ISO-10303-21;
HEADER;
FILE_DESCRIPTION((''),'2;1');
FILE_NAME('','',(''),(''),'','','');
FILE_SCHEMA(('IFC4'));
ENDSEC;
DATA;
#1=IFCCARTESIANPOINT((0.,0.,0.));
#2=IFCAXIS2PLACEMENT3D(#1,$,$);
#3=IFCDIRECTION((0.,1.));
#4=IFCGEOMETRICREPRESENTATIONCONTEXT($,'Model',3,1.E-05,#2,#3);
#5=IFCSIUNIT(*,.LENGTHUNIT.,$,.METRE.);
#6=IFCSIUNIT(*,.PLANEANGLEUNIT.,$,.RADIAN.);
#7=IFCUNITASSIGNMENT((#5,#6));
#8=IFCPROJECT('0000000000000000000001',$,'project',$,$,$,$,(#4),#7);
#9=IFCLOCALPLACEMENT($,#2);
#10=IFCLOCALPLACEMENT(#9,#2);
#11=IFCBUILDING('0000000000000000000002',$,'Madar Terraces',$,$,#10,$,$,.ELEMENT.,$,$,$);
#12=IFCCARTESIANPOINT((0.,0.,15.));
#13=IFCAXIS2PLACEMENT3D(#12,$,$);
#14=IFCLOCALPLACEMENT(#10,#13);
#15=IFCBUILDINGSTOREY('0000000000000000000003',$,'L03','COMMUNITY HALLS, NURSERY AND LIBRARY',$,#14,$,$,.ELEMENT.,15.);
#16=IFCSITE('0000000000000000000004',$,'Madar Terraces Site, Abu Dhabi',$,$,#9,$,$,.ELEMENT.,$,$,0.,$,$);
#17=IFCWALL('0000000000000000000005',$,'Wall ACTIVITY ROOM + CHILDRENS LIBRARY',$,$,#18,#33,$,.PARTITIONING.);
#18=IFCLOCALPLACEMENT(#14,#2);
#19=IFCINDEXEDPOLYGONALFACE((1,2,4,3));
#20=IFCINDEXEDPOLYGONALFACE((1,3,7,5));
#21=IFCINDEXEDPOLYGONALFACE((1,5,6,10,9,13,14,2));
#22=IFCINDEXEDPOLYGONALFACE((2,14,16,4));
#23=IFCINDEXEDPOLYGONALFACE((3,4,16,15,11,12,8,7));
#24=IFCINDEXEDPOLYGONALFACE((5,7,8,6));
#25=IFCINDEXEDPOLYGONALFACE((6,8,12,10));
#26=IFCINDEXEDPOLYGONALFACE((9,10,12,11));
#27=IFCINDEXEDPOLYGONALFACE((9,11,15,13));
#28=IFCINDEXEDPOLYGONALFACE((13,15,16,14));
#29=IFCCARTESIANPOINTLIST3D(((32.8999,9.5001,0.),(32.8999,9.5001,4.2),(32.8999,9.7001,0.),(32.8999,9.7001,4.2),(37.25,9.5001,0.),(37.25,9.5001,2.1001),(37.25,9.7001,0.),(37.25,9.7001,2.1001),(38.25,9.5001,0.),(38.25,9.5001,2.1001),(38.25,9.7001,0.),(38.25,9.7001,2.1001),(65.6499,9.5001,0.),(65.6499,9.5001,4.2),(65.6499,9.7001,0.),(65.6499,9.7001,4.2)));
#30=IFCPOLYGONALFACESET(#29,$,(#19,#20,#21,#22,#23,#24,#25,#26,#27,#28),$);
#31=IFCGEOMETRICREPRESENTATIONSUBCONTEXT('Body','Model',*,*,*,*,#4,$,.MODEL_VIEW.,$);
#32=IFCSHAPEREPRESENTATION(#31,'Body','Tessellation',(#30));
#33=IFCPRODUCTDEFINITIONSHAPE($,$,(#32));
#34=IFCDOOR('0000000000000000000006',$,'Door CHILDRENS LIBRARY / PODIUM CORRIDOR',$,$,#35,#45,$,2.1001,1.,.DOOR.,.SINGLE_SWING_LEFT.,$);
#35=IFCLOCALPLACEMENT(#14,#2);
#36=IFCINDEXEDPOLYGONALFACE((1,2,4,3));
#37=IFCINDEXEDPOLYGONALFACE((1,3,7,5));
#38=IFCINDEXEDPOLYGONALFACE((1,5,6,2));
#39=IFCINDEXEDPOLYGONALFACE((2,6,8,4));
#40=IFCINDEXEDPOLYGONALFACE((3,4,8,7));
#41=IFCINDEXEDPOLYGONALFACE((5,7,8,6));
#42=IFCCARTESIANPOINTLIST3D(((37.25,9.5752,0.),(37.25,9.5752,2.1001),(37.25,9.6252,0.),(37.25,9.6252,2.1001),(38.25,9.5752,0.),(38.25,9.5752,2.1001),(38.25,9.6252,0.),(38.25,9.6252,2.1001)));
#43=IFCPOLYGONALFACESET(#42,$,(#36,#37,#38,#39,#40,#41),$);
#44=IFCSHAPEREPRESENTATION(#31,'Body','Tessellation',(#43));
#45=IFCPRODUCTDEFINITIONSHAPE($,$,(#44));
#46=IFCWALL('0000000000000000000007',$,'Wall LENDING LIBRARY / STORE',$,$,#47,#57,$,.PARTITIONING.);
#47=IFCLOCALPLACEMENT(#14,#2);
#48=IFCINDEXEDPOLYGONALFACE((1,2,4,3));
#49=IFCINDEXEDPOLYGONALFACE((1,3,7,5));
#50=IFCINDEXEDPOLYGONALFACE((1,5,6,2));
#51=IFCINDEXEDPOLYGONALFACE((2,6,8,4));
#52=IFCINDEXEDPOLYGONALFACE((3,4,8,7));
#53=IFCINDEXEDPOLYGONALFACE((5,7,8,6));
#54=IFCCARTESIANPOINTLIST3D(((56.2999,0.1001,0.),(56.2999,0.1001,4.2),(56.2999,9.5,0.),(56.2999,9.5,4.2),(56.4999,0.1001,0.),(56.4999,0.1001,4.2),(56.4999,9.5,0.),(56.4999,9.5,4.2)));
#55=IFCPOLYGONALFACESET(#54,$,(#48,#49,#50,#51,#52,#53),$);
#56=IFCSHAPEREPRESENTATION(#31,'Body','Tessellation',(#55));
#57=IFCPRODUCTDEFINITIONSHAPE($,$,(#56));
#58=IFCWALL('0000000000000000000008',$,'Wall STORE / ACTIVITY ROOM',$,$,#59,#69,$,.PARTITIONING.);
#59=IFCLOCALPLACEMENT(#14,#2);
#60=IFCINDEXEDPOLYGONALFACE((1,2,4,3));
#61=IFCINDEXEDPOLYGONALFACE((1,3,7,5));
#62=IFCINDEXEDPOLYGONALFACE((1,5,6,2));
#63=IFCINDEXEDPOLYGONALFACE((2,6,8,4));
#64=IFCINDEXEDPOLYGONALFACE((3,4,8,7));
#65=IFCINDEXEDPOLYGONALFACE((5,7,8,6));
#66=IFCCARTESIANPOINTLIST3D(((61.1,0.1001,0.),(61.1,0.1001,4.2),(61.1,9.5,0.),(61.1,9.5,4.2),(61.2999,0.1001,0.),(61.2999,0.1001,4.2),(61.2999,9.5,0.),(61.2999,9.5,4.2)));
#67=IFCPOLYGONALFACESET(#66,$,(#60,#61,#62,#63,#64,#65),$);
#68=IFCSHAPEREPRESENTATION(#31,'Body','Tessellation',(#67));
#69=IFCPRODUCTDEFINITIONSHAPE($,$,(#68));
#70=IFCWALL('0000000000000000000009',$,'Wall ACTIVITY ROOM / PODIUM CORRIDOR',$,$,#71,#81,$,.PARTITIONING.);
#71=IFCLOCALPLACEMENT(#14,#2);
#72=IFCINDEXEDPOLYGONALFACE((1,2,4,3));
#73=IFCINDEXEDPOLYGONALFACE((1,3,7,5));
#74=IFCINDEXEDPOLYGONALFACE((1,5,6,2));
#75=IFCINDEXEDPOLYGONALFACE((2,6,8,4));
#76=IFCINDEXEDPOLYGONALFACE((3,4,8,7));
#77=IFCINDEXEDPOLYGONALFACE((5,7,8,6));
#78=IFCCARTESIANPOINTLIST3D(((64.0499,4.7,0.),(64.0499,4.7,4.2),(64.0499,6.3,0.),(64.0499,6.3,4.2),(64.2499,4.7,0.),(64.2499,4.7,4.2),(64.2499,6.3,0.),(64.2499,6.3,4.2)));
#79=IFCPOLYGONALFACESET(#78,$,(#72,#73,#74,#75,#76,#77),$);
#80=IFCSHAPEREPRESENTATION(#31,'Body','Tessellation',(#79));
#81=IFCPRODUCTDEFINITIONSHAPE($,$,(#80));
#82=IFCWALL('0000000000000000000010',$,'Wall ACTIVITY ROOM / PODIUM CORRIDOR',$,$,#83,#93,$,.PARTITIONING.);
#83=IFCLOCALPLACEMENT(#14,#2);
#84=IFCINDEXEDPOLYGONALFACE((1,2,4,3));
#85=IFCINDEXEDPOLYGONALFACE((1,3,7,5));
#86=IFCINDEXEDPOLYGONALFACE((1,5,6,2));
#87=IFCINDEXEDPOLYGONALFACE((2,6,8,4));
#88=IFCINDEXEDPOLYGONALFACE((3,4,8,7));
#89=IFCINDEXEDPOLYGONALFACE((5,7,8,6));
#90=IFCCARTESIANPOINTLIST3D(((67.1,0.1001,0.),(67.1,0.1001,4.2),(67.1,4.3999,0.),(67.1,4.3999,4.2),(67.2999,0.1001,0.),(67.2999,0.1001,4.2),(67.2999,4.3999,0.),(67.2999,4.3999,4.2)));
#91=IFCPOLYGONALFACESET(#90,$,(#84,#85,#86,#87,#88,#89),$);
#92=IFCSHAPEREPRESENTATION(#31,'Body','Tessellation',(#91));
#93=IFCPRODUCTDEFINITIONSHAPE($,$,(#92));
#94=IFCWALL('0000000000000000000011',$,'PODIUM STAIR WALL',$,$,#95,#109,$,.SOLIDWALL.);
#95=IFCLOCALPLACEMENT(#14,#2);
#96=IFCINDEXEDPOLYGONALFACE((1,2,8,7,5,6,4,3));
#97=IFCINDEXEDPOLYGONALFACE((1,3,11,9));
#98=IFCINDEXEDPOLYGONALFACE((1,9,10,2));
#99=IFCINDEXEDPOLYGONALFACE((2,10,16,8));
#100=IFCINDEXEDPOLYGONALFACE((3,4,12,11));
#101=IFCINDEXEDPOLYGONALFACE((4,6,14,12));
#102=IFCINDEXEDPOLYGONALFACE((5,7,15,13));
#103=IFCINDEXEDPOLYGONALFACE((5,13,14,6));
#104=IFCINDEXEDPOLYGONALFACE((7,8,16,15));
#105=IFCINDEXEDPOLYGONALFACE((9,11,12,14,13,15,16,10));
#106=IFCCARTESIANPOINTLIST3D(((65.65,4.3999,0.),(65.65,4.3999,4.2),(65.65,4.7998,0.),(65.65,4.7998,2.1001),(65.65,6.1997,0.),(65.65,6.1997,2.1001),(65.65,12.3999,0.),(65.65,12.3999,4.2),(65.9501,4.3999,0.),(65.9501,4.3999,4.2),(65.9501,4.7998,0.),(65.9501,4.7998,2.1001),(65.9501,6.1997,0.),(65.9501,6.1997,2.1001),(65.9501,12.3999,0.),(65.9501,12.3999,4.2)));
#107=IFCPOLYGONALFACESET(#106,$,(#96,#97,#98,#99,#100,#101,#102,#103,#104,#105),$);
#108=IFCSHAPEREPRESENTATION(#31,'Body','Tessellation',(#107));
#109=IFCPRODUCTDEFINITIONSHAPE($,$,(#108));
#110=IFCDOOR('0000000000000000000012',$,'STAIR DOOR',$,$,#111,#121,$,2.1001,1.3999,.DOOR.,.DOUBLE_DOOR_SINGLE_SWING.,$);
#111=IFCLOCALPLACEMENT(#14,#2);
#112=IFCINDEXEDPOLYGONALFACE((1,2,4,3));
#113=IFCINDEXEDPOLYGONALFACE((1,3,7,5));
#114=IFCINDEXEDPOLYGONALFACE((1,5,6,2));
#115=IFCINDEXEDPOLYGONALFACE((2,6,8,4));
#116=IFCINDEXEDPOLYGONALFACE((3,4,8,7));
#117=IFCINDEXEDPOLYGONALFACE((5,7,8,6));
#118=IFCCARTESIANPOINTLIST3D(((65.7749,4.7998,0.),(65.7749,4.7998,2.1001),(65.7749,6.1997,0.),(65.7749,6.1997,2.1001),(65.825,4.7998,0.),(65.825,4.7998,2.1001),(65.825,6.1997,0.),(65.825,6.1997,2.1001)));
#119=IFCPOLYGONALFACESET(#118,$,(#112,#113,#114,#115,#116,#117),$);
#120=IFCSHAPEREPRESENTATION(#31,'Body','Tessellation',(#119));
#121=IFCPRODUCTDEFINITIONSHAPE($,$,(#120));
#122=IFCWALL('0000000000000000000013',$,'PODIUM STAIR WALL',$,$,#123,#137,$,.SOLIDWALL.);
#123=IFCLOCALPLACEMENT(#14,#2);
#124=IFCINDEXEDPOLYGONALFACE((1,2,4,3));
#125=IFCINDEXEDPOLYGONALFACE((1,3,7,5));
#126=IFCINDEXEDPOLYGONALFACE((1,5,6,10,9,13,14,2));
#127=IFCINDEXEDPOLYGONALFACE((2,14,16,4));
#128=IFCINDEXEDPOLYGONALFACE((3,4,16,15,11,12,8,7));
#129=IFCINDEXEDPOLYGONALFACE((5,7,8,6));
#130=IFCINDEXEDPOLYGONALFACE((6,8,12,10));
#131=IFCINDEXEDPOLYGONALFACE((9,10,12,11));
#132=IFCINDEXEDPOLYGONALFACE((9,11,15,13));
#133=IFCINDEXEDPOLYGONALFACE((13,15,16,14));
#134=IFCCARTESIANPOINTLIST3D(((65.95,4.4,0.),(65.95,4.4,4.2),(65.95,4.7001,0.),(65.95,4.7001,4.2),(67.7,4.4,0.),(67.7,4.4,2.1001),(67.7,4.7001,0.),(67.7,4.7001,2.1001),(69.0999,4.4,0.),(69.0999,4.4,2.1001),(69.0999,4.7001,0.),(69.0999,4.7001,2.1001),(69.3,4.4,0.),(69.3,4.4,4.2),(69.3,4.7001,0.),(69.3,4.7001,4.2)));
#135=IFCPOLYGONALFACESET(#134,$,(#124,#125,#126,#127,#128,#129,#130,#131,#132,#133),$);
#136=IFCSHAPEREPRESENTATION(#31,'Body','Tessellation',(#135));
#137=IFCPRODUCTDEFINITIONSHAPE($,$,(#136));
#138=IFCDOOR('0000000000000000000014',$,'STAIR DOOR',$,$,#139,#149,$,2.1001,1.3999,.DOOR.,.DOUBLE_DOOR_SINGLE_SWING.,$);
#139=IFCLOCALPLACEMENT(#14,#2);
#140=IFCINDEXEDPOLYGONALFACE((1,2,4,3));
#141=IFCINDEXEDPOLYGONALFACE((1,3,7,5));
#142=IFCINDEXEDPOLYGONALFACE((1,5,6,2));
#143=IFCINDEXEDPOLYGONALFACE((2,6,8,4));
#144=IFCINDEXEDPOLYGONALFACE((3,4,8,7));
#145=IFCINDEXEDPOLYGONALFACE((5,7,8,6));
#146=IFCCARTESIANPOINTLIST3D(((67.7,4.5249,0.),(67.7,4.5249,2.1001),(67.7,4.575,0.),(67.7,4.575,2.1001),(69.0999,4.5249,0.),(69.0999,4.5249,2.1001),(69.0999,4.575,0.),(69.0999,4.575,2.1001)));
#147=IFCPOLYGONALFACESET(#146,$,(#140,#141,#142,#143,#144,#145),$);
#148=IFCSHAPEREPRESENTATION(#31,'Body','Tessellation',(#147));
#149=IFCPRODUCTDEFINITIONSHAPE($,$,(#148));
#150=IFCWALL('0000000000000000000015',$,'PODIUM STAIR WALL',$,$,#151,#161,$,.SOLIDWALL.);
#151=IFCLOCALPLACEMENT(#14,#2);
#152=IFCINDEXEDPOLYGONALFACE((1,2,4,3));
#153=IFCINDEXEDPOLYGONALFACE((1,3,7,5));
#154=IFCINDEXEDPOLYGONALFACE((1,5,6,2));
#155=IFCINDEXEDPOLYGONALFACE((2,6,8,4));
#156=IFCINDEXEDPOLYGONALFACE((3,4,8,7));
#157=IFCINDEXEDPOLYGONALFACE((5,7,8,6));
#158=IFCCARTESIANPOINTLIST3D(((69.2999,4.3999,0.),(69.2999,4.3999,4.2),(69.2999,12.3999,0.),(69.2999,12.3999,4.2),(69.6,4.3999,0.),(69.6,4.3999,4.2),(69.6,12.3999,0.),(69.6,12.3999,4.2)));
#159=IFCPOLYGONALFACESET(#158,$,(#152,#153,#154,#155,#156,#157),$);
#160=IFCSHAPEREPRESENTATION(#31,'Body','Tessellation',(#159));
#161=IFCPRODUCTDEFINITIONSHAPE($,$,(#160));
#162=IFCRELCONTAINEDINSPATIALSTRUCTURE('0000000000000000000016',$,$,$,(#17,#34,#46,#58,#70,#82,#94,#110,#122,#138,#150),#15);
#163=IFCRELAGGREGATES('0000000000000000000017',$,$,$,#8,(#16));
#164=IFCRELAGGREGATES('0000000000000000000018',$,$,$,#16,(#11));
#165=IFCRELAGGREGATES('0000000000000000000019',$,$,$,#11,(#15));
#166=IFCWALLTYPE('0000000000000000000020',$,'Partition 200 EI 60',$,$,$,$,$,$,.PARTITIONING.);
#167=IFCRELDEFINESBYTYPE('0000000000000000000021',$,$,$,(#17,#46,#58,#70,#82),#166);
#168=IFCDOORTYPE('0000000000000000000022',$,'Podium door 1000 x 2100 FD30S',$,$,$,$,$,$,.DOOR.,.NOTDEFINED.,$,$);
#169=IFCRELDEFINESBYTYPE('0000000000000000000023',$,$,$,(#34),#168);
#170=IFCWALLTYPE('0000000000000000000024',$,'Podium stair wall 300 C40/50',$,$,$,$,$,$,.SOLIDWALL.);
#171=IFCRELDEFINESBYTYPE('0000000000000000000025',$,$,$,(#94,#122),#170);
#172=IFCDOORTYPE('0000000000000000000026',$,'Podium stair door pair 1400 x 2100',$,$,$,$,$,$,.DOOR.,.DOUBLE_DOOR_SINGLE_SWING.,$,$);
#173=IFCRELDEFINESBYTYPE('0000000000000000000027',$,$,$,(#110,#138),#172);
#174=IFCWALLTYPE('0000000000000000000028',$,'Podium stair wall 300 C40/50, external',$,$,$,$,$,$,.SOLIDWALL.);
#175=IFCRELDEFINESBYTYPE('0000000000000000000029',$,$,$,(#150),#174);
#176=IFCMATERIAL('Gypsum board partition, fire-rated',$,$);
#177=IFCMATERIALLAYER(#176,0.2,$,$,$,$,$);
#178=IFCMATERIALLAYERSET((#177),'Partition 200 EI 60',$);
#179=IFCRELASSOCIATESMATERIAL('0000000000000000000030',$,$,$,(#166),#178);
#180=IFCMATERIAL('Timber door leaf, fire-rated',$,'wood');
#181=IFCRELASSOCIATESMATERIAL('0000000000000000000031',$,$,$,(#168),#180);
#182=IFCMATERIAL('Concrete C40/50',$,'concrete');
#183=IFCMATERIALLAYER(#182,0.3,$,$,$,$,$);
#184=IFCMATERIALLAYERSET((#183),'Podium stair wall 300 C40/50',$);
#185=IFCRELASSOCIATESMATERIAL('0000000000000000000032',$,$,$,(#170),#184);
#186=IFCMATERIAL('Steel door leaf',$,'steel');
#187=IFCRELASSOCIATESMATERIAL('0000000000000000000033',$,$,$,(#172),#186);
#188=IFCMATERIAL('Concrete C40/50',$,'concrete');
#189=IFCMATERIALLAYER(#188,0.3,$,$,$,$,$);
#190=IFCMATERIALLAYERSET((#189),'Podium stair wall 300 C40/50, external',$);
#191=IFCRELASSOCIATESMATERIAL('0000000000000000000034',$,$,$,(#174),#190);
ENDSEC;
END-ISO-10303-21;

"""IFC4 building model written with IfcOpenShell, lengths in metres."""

from ifc_helpers import new_model, si_unit, direction, frame, frame_2d, origin, place, context, subcontext, project, spatial, rectangle, extrude, material, layer, layer_set, type_object, element, fill, save


model = new_model("IFC4")

# Units and contexts
model_context = context("Model", 3, precision=1e-05, world=origin(), true_north=direction((0.0, 1.0)))
body_context = subcontext(model_context, "Body", "Model", "MODEL_VIEW")
ifc_project = project(units=[si_unit("LENGTHUNIT", "METRE"), si_unit("PLANEANGLEUNIT", "RADIAN")], contexts=[model_context])

# Site, building, storey
site_placement = place(None, origin())
site = spatial("IfcSite", under=ifc_project, at=site_placement, Name="Madar Terraces Site, Abu Dhabi", CompositionType="ELEMENT", RefElevation=0.0)
building_placement = place(site_placement, origin())
building = spatial("IfcBuilding", under=site, at=building_placement, Name="Madar Terraces", CompositionType="ELEMENT")
storey_placement = place(building_placement, frame((0.0, 0.0, 15.0)))
storey = spatial("IfcBuildingStorey", under=building, at=storey_placement, Name="L03", Description="COMMUNITY HALLS, NURSERY AND LIBRARY", CompositionType="ELEMENT", Elevation=15.0)

# Shared definitions
ifc_material_1 = material(Name="Gypsum board partition, fire-rated")
ifc_layer_1 = layer(ifc_material_1, 0.2)
ifc_layer_set_1 = layer_set([ifc_layer_1], Name="Partition 200 EI 60")
wall_type_1 = type_object("IfcWallType", Name="Partition 200 EI 60", PredefinedType="PARTITIONING", material=ifc_layer_set_1)
ifc_material_2 = material(Name="Timber door leaf, fire-rated", Category="wood")
door_type_1 = type_object("IfcDoorType", Name="Podium door 1000 x 2100 FD30S", OperationType="NOTDEFINED", PredefinedType="DOOR", material=ifc_material_2)

# Wall, opening, door
wall_1_placement = place(storey_placement, frame((65.6499, 9.6001, 0.0), z_axis=(0.0, 0.0, 1.0), x_axis=(-1.0, 0.0, 0.0)))
wall_1 = element("IfcWall", 1, at=wall_1_placement, inside=storey, type_object=wall_type_1, Name="Wall ACTIVITY ROOM + CHILDRENS LIBRARY", PredefinedType="PARTITIONING", context=body_context, shape_type="SweptSolid", body=[
    extrude(rectangle(XDim=32.75, YDim=0.2, at=frame_2d((16.375, 0.0))), origin(), (0.0, 0.0, 1.0), 4.2),
])
opening_1_placement = place(wall_1_placement, frame((27.3999, 0.0, 0.0)))
opening_1 = element("IfcOpeningElement", 2, at=opening_1_placement, cuts=wall_1, PredefinedType="OPENING", context=body_context, shape_type="SweptSolid", body=[
    extrude(rectangle(XDim=1.0, YDim=2.1001, at=frame_2d((0.5, 1.05))), frame((0.0, 0.1099, 0.0), z_axis=(0.0, -1.0, 0.0), x_axis=(1.0, 0.0, 0.0)), (0.0, 0.0, 1.0), 0.22),
])
door_1_placement = place(opening_1_placement, origin())
door_1 = element("IfcDoor", 3, at=door_1_placement, inside=storey, type_object=door_type_1, Name="Door CHILDRENS LIBRARY / PODIUM CORRIDOR", OperationType="SINGLE_SWING_LEFT", OverallHeight=2.1001, OverallWidth=1.0, PredefinedType="DOOR", context=body_context, shape_type="SweptSolid", body=[
    extrude(rectangle(XDim=1.0, YDim=2.1001, at=frame_2d((0.5, 1.05))), frame((0.0, 0.0249, 0.0), z_axis=(0.0, -1.0, 0.0), x_axis=(1.0, 0.0, 0.0)), (0.0, 0.0, 1.0), 0.05),
])
fill(opening_1, door_1)

# Walls
for number, where, z_axis, x_axis, name in (
    (4, (56.3999, 0.1001, 0.0), (0.0, 0.0, 1.0), (0.0, 1.0, 0.0), "Wall LENDING LIBRARY / STORE"),
    (5, (61.2, 0.1001, 0.0), (0.0, 0.0, 1.0), (0.0, 1.0, 0.0), "Wall STORE / ACTIVITY ROOM"),
):
    element("IfcWall", number, at=place(storey_placement, frame(where, z_axis=z_axis, x_axis=x_axis)), inside=storey, type_object=wall_type_1, Name=name, PredefinedType="PARTITIONING", context=body_context, shape_type="SweptSolid", body=[
        extrude(rectangle(XDim=9.3999, YDim=0.2, at=frame_2d((4.7, 0.0))), origin(), (0.0, 0.0, 1.0), 4.2),
    ])
wall_2_placement = place(storey_placement, frame((64.1499, 4.7, 0.0), z_axis=(0.0, 0.0, 1.0), x_axis=(0.0, 1.0, 0.0)))
element("IfcWall", 6, at=wall_2_placement, inside=storey, type_object=wall_type_1, Name="Wall ACTIVITY ROOM / PODIUM CORRIDOR", PredefinedType="PARTITIONING", context=body_context, shape_type="SweptSolid", body=[
    extrude(rectangle(XDim=1.6001, YDim=0.2, at=frame_2d((0.8, 0.0))), origin(), (0.0, 0.0, 1.0), 4.2),
])
wall_3_placement = place(storey_placement, frame((67.2, 0.1001, 0.0), z_axis=(0.0, 0.0, 1.0), x_axis=(0.0, 1.0, 0.0)))
element("IfcWall", 7, at=wall_3_placement, inside=storey, type_object=wall_type_1, Name="Wall ACTIVITY ROOM / PODIUM CORRIDOR", PredefinedType="PARTITIONING", context=body_context, shape_type="SweptSolid", body=[
    extrude(rectangle(XDim=4.2998, YDim=0.2, at=frame_2d((2.1499, 0.0))), origin(), (0.0, 0.0, 1.0), 4.2),
])

# Walls, openings, doors
ifc_material_3 = material(Name="Concrete C40/50", Category="concrete")
ifc_layer_2 = layer(ifc_material_3, 0.3)
ifc_layer_set_2 = layer_set([ifc_layer_2], Name="Podium stair wall 300 C40/50")
wall_type_2 = type_object("IfcWallType", Name="Podium stair wall 300 C40/50", PredefinedType="SOLIDWALL", material=ifc_layer_set_2)
wall_4_placement = place(storey_placement, frame((65.8, 4.3999, 0.0), z_axis=(0.0, 0.0, 1.0), x_axis=(0.0, 1.0, 0.0)))
wall_4 = element("IfcWall", 8, at=wall_4_placement, inside=storey, type_object=wall_type_2, Name="PODIUM STAIR WALL", PredefinedType="SOLIDWALL", context=body_context, shape_type="SweptSolid", body=[
    extrude(rectangle(XDim=8.0, YDim=0.3, at=frame_2d((4.0, 0.0))), origin(), (0.0, 0.0, 1.0), 4.2),
])
opening_2_placement = place(wall_4_placement, frame((0.3999, 0.0, 0.0)))
opening_2 = element("IfcOpeningElement", 9, at=opening_2_placement, cuts=wall_4, PredefinedType="OPENING", context=body_context, shape_type="SweptSolid", body=[
    extrude(rectangle(XDim=1.3999, YDim=2.1001, at=frame_2d((0.7, 1.05))), frame((0.0, 0.1599, 0.0), z_axis=(0.0, -1.0, 0.0), x_axis=(1.0, 0.0, 0.0)), (0.0, 0.0, 1.0), 0.3201),
])
ifc_material_4 = material(Name="Steel door leaf", Category="steel")
door_type_2 = type_object("IfcDoorType", Name="Podium stair door pair 1400 x 2100", OperationType="DOUBLE_DOOR_SINGLE_SWING", PredefinedType="DOOR", material=ifc_material_4)
door_2_placement = place(opening_2_placement, frame((1.3999, 0.0, 0.0), z_axis=(0.0, 0.0, 1.0), x_axis=(-1.0, 0.0, 0.0)))
door_2 = element("IfcDoor", 10, at=door_2_placement, inside=storey, type_object=door_type_2, Name="STAIR DOOR", OperationType="DOUBLE_DOOR_SINGLE_SWING", OverallHeight=2.1001, OverallWidth=1.3999, PredefinedType="DOOR", context=body_context, shape_type="SweptSolid", body=[
    extrude(rectangle(XDim=1.3999, YDim=2.1001, at=frame_2d((0.7, 1.05))), frame((0.0, 0.0249, 0.0), z_axis=(0.0, -1.0, 0.0), x_axis=(1.0, 0.0, 0.0)), (0.0, 0.0, 1.0), 0.05),
])
fill(opening_2, door_2)
wall_5_placement = place(storey_placement, frame((65.95, 4.55, 0.0), z_axis=(0.0, 0.0, 1.0), x_axis=(1.0, 0.0, 0.0)))
wall_5 = element("IfcWall", 11, at=wall_5_placement, inside=storey, type_object=wall_type_2, Name="PODIUM STAIR WALL", PredefinedType="SOLIDWALL", context=body_context, shape_type="SweptSolid", body=[
    extrude(rectangle(XDim=3.3501, YDim=0.3, at=frame_2d((1.675, 0.0))), origin(), (0.0, 0.0, 1.0), 4.2),
])
opening_3_placement = place(wall_5_placement, frame((1.75, 0.0, 0.0)))
opening_3 = element("IfcOpeningElement", 12, at=opening_3_placement, cuts=wall_5, PredefinedType="OPENING", context=body_context, shape_type="SweptSolid", body=[
    extrude(rectangle(XDim=1.3999, YDim=2.1001, at=frame_2d((0.7, 1.05))), frame((0.0, 0.1599, 0.0), z_axis=(0.0, -1.0, 0.0), x_axis=(1.0, 0.0, 0.0)), (0.0, 0.0, 1.0), 0.3201),
])
door_3_placement = place(opening_3_placement, origin())
door_3 = element("IfcDoor", 13, at=door_3_placement, inside=storey, type_object=door_type_2, Name="STAIR DOOR", OperationType="DOUBLE_DOOR_SINGLE_SWING", OverallHeight=2.1001, OverallWidth=1.3999, PredefinedType="DOOR", context=body_context, shape_type="SweptSolid", body=[
    extrude(rectangle(XDim=1.3999, YDim=2.1001, at=frame_2d((0.7, 1.05))), frame((0.0, 0.0249, 0.0), z_axis=(0.0, -1.0, 0.0), x_axis=(1.0, 0.0, 0.0)), (0.0, 0.0, 1.0), 0.05),
])
fill(opening_3, door_3)

# Wall
ifc_material_5 = material(Name="Concrete C40/50", Category="concrete")
ifc_layer_3 = layer(ifc_material_5, 0.3)
ifc_layer_set_3 = layer_set([ifc_layer_3], Name="Podium stair wall 300 C40/50, external")
wall_type_3 = type_object("IfcWallType", Name="Podium stair wall 300 C40/50, external", PredefinedType="SOLIDWALL", material=ifc_layer_set_3)
wall_6_placement = place(storey_placement, frame((69.45, 4.3999, 0.0), z_axis=(0.0, 0.0, 1.0), x_axis=(0.0, 1.0, 0.0)))
element("IfcWall", 14, at=wall_6_placement, inside=storey, type_object=wall_type_3, Name="PODIUM STAIR WALL", PredefinedType="SOLIDWALL", context=body_context, shape_type="SweptSolid", body=[
    extrude(rectangle(XDim=8.0, YDim=0.3, at=frame_2d((4.0, 0.0))), origin(), (0.0, 0.0, 1.0), 4.2),
])

save(model, "model.ifc")
